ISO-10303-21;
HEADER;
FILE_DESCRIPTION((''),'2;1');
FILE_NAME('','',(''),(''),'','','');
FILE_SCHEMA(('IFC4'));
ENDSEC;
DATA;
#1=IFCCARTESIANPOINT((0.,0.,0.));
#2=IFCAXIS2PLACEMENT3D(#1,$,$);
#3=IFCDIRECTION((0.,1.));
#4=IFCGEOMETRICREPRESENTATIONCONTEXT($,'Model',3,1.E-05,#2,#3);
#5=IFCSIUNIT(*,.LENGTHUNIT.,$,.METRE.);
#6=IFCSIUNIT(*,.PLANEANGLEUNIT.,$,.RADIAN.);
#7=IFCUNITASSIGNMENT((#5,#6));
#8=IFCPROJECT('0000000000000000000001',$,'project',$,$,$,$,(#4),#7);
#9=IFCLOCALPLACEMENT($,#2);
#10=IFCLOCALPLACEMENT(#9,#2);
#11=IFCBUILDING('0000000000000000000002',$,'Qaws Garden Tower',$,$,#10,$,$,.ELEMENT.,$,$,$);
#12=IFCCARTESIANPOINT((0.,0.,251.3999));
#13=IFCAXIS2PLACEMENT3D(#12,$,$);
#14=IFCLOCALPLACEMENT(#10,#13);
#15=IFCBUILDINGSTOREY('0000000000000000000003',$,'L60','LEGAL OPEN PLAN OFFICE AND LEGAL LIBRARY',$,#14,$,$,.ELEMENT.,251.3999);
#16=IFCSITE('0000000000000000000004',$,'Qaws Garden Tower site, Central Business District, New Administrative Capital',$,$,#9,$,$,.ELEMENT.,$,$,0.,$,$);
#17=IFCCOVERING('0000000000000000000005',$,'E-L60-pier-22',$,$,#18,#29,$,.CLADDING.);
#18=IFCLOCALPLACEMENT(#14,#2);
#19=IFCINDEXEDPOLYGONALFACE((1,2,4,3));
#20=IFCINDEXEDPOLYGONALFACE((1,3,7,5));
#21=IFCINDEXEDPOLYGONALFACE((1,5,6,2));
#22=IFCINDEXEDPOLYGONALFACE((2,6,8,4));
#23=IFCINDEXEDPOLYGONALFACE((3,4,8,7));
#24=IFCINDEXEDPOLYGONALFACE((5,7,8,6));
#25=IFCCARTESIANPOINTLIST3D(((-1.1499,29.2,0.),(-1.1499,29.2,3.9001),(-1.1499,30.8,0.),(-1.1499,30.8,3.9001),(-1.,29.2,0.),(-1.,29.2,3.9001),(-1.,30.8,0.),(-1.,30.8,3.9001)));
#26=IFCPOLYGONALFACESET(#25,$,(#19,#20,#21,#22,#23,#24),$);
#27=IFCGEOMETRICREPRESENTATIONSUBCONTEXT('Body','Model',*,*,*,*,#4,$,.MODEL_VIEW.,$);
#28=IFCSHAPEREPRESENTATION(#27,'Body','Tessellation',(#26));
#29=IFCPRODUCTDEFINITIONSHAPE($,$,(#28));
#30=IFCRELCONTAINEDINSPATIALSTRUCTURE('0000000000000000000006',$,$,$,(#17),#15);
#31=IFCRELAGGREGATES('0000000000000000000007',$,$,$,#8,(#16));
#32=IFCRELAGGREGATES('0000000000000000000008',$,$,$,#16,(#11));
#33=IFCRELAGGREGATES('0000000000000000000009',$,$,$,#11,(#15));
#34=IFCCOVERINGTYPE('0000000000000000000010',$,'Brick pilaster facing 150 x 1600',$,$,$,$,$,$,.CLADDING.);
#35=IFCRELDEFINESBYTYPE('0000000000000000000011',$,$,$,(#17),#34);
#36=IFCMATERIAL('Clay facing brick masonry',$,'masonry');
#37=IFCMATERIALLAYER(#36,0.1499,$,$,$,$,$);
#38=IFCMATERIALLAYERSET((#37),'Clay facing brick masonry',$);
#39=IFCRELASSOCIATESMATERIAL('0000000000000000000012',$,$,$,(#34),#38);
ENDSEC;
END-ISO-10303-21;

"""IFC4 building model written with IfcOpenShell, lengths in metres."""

from ifc_helpers import new_model, si_unit, direction, frame, origin, place, context, subcontext, project, spatial, polyline, outline, extrude, material, layer, layer_set, type_object, element, save


model = new_model("IFC4")

# Units and contexts
model_context = context("Model", 3, precision=1e-05, world=origin(), true_north=direction((0.0, 1.0)))
body_context = subcontext(model_context, "Body", "Model", "MODEL_VIEW")
ifc_project = project(units=[si_unit("LENGTHUNIT", "METRE"), si_unit("PLANEANGLEUNIT", "RADIAN")], contexts=[model_context])

# Site, building, storey
site_placement = place(None, origin())
site = spatial("IfcSite", under=ifc_project, at=site_placement, Name="Qaws Garden Tower site, Central Business District, New Administrative Capital", CompositionType="ELEMENT", RefElevation=0.0)
building_placement = place(site_placement, origin())
building = spatial("IfcBuilding", under=site, at=building_placement, Name="Qaws Garden Tower", CompositionType="ELEMENT")
storey_placement = place(building_placement, frame((0.0, 0.0, 251.3999)))
storey = spatial("IfcBuildingStorey", under=building, at=storey_placement, Name="L60", Description="LEGAL OPEN PLAN OFFICE AND LEGAL LIBRARY", CompositionType="ELEMENT", Elevation=251.3999)

# Shared definitions
placement = place(storey_placement, origin())

# Covering
ifc_material_1 = material(Name="Clay facing brick masonry", Category="masonry")
ifc_layer_1 = layer(ifc_material_1, 0.1499)
ifc_layer_set_1 = layer_set([ifc_layer_1], Name="Clay facing brick masonry")
covering_type = type_object("IfcCoveringType", Name="Brick pilaster facing 150 x 1600", PredefinedType="CLADDING", material=ifc_layer_set_1)
element("IfcCovering", 1, at=placement, inside=storey, type_object=covering_type, Name="E-L60-pier-22", PredefinedType="CLADDING", context=body_context, shape_type="SweptSolid", body=[
    extrude(outline(polyline([(-1.0, 30.8), (-1.0, 29.2), (-1.1499, 29.2), (-1.1499, 30.8), (-1.0, 30.8)])), origin(), (0.0, 0.0, 1.0), 3.9001),
])

save(model, "model.ifc")
